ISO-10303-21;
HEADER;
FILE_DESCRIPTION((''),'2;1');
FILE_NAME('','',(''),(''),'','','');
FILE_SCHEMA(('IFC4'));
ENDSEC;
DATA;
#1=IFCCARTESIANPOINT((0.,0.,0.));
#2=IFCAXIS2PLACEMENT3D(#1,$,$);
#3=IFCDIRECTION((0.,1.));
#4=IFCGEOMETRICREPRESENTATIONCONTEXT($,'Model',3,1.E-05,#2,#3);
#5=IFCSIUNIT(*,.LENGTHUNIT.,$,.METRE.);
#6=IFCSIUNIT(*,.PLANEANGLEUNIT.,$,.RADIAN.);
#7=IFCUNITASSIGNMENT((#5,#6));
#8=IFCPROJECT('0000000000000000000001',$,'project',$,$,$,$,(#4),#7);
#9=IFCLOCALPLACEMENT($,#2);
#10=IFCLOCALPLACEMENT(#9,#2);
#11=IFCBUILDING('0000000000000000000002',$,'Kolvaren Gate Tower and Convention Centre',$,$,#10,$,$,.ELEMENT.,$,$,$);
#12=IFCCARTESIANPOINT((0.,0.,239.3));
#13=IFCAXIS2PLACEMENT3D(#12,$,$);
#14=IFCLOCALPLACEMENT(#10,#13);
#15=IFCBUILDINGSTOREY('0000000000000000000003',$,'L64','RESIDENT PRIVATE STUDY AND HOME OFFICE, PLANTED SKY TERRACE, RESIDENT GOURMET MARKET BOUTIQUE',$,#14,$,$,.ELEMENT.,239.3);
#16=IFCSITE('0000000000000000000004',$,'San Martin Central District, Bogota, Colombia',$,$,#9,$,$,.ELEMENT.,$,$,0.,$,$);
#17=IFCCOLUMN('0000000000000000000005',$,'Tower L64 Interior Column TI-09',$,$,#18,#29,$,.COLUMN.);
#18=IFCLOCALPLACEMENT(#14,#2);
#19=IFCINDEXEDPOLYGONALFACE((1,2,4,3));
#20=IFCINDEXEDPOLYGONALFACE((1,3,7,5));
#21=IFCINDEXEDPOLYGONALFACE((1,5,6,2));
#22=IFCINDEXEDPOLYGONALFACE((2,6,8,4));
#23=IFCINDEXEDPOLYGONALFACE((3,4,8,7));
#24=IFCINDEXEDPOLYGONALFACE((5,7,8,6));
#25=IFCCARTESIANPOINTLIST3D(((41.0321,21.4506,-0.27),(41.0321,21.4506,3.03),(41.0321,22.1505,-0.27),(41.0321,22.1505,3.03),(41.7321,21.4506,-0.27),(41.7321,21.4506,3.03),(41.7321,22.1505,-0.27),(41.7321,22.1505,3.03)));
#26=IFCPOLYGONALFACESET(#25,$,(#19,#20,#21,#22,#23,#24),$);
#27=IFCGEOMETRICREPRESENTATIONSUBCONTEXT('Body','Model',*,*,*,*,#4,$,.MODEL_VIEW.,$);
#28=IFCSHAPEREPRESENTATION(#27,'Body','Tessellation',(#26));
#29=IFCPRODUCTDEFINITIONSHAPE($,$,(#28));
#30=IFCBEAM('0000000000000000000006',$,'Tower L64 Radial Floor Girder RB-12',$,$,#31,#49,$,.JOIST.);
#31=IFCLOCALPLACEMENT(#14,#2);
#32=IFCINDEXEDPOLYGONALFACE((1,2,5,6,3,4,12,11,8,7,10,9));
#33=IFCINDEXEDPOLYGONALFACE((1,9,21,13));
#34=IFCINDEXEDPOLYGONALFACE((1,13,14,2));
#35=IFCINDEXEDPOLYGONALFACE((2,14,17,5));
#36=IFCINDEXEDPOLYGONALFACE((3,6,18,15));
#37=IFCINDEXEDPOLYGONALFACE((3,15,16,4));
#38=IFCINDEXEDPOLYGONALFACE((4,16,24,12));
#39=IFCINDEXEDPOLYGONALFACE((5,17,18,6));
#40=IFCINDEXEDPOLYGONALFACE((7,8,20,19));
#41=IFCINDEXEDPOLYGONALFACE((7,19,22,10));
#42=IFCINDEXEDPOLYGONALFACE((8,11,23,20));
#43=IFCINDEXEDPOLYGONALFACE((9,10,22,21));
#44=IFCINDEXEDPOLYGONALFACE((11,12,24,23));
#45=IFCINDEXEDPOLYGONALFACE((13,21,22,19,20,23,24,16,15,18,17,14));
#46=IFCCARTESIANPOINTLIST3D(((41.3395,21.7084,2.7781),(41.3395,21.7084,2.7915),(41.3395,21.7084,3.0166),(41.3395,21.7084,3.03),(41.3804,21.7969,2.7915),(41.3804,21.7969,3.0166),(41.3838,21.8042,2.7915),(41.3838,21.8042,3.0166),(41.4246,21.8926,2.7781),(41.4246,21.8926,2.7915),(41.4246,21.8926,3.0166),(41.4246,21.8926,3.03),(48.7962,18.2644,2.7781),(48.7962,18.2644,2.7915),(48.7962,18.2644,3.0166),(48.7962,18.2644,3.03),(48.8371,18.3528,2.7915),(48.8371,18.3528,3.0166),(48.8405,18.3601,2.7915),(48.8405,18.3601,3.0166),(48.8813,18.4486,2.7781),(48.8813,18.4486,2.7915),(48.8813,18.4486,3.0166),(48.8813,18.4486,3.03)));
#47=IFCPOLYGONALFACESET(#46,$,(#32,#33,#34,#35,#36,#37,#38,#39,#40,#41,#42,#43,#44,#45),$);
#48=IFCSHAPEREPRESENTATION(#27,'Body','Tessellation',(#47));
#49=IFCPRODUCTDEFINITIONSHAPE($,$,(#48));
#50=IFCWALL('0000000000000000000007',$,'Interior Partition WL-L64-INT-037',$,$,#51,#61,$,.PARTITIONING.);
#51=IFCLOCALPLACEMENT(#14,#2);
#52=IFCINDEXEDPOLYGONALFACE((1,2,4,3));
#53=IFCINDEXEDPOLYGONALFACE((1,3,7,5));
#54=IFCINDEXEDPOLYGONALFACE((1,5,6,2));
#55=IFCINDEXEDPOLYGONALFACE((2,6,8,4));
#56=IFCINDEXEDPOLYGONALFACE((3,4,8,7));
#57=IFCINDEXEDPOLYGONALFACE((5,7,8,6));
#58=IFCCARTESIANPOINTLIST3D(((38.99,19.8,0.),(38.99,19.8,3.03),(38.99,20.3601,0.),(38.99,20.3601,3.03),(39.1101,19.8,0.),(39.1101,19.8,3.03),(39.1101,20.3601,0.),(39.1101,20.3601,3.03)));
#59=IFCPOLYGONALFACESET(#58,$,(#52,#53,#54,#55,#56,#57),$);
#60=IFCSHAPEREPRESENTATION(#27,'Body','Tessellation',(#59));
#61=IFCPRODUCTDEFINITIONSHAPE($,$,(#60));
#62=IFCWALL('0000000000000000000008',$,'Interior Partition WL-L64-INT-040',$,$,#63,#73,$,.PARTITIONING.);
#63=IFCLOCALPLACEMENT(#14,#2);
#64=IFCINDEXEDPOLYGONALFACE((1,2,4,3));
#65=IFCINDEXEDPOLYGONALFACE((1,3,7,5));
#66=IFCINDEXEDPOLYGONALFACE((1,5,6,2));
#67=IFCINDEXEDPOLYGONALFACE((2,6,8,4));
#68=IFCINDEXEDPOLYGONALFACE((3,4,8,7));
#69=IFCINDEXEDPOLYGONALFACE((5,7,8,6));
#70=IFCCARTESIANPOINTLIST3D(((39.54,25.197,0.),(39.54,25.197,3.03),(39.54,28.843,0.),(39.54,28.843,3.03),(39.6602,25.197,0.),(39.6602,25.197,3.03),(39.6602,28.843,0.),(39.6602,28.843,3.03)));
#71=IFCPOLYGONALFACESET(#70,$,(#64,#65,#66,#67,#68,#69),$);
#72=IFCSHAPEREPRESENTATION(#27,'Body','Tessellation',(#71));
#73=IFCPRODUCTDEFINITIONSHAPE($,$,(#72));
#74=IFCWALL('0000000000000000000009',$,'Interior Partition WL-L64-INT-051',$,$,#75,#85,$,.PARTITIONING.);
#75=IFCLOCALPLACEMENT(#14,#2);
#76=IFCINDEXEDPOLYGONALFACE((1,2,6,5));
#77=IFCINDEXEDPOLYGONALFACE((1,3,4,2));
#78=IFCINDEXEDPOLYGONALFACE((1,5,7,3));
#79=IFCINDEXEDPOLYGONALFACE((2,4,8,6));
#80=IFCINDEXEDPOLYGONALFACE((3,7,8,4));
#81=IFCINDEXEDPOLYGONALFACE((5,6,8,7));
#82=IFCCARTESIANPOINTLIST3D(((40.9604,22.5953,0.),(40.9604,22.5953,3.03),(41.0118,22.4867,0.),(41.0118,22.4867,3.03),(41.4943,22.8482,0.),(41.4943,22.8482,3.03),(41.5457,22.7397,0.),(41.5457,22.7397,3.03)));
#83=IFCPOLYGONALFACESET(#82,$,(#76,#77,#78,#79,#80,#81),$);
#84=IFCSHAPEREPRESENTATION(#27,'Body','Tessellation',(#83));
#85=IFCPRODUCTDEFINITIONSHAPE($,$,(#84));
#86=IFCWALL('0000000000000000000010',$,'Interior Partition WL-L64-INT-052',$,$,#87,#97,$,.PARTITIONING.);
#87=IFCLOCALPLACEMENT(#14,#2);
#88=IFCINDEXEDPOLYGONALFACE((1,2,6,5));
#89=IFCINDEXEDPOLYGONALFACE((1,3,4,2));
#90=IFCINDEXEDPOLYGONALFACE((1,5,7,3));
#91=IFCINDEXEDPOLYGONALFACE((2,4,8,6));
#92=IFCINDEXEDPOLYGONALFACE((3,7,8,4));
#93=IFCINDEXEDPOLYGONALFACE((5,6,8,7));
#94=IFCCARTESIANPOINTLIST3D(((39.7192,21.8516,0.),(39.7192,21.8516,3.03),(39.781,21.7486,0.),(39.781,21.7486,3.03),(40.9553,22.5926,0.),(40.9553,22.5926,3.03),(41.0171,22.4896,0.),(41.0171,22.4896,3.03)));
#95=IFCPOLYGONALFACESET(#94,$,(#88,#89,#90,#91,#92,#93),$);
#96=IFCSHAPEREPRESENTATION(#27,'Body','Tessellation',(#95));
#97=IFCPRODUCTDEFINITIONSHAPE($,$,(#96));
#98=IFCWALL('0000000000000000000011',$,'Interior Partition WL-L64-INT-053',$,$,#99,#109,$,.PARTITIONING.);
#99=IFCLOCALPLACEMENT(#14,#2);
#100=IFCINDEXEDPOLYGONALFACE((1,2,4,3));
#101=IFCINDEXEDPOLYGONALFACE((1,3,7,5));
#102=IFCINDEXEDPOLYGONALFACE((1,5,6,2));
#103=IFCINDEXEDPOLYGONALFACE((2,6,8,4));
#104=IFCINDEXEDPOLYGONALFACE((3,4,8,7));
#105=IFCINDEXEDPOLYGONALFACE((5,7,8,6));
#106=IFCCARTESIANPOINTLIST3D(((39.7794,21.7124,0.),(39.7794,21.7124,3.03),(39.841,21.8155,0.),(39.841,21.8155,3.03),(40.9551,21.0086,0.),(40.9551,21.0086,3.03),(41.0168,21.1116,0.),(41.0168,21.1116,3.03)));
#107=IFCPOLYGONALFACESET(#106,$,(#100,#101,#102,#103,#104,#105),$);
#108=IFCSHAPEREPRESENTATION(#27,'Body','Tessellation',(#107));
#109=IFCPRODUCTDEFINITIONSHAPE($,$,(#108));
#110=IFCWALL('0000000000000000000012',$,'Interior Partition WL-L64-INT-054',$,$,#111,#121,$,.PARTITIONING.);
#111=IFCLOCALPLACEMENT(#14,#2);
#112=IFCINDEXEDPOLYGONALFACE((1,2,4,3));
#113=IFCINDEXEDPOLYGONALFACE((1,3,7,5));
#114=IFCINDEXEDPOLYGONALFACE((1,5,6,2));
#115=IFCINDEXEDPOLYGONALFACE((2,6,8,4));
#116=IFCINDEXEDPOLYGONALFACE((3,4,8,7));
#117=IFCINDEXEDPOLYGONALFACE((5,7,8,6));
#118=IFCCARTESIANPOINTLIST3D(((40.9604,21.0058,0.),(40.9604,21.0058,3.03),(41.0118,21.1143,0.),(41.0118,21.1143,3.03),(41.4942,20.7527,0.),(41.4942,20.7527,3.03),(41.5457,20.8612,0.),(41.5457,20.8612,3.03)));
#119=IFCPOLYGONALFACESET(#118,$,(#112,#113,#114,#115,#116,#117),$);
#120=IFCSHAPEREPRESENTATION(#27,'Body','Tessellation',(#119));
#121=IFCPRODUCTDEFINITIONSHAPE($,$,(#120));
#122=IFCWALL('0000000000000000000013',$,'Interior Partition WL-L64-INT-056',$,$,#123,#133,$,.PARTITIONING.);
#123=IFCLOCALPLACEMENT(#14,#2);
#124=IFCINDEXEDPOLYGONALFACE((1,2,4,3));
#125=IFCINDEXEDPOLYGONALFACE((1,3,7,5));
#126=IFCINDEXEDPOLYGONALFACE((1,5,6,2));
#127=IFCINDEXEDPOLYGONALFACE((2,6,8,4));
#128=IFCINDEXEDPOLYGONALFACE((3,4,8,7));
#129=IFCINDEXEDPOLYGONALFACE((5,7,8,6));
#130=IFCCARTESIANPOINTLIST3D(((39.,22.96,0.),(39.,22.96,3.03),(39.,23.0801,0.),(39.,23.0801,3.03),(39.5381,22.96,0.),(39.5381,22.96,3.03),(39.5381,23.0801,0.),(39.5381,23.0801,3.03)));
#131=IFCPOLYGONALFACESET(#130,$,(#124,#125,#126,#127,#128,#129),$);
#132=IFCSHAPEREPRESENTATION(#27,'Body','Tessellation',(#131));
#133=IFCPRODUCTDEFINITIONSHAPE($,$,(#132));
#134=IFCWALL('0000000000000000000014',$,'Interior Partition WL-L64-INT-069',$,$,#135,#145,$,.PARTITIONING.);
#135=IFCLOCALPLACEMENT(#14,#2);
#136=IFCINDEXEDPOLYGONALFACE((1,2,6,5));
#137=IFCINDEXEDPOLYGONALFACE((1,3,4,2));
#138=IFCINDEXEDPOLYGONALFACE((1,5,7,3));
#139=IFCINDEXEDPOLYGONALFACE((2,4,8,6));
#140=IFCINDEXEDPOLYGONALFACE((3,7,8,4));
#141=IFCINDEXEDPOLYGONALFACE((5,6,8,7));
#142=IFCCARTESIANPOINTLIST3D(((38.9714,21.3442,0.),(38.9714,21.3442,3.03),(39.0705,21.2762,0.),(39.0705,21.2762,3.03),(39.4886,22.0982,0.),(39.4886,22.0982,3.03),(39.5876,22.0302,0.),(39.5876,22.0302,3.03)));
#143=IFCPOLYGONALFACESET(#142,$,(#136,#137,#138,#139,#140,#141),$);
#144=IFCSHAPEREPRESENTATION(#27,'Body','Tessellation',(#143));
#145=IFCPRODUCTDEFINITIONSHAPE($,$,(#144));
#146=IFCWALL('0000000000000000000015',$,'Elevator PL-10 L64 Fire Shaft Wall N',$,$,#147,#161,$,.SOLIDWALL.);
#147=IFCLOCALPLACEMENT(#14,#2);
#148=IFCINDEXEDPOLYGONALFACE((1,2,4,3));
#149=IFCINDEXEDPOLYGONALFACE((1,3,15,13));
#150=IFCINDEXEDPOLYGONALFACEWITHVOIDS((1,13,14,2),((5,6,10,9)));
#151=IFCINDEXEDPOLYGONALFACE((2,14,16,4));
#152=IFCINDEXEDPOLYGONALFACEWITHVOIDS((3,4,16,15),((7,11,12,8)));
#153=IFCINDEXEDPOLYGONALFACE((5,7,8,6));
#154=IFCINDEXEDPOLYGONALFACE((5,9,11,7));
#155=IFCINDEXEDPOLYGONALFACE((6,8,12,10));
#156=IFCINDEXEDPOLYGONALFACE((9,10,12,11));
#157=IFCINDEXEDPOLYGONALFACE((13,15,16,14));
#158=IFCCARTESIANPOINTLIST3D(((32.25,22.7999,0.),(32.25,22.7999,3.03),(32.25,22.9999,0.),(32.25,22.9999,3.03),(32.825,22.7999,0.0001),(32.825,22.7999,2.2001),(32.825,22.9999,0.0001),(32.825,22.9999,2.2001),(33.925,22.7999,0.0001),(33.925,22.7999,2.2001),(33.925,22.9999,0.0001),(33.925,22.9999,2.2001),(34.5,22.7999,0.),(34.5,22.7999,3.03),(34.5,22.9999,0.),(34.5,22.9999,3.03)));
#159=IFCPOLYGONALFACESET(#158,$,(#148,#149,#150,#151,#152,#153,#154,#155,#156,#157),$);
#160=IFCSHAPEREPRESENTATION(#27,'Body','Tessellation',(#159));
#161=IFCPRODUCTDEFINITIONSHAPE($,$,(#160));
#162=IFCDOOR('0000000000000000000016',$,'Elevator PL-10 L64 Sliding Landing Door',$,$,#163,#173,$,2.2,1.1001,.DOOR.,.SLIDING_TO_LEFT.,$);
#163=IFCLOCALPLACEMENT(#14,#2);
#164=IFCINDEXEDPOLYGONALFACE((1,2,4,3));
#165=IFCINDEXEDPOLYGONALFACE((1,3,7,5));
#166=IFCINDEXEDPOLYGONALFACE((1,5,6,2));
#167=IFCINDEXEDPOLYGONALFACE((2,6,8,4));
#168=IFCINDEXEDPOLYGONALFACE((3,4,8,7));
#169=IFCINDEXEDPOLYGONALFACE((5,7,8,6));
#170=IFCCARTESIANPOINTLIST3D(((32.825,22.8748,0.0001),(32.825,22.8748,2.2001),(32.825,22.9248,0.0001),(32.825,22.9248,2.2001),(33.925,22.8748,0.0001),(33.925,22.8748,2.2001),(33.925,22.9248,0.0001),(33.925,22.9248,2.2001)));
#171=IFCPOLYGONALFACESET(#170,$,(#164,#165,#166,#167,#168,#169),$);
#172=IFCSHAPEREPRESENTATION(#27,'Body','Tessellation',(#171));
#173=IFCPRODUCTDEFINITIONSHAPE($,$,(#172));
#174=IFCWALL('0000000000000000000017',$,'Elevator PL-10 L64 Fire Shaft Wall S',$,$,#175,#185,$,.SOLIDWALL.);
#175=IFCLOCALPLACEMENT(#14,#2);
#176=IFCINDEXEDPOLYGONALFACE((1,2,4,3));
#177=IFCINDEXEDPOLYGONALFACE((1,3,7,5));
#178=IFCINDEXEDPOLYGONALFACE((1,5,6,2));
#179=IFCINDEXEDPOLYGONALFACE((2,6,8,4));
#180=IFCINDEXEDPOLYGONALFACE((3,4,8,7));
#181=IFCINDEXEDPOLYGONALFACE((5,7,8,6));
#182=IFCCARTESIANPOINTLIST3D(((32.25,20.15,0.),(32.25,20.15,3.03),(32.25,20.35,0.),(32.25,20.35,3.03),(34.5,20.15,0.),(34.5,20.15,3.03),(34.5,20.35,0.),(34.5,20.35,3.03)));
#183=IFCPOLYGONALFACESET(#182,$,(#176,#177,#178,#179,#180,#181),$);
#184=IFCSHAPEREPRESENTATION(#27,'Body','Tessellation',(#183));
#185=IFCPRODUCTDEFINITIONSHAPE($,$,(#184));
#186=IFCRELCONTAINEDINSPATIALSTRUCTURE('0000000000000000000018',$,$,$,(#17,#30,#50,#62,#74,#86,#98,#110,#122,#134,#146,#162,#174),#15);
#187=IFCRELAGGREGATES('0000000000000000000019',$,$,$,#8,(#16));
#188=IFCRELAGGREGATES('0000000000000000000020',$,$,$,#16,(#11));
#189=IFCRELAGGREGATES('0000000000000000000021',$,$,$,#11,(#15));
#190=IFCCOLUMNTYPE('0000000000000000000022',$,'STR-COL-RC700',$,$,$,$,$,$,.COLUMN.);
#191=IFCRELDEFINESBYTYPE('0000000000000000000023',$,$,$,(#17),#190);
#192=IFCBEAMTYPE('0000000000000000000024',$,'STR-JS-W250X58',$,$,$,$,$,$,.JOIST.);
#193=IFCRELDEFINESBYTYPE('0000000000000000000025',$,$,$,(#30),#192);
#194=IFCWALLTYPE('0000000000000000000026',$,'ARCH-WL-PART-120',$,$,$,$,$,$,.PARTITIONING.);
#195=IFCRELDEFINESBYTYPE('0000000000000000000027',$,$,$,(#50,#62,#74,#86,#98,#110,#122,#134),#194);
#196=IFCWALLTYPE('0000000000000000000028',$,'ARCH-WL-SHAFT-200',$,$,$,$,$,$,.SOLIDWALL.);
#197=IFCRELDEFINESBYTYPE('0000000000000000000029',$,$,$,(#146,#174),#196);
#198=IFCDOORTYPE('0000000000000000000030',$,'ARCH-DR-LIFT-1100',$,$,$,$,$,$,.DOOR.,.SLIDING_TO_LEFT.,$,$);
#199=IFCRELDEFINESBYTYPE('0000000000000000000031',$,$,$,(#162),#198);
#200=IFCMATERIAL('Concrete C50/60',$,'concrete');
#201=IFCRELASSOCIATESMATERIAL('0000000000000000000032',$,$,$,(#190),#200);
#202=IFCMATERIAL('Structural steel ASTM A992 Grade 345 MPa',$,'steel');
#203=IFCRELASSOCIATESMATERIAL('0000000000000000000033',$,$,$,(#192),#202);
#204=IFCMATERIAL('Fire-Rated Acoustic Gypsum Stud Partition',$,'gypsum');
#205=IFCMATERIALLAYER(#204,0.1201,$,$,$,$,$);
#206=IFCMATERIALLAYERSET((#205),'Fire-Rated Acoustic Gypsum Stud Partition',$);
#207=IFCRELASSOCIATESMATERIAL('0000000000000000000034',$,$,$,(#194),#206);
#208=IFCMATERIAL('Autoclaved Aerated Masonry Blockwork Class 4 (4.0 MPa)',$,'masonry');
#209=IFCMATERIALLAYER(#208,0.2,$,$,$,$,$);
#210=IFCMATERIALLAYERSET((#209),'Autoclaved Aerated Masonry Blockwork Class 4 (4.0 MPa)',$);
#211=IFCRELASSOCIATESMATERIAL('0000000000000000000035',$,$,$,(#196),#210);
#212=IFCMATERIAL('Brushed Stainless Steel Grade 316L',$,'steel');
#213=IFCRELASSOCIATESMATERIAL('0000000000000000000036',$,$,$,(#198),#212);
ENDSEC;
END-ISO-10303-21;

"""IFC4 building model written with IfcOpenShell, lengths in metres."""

from ifc_helpers import new_model, si_unit, direction, frame, frame_2d, origin, origin_2d, place, context, subcontext, project, spatial, rectangle, i_section, extrude, material, layer, layer_set, material_profile, profile_set, type_object, element, fill, save


model = new_model("IFC4")

# Units and contexts
model_context = context("Model", 3, precision=1e-05, world=origin(), true_north=direction((0.0, 1.0)))
body_context = subcontext(model_context, "Body", "Model", "MODEL_VIEW")
ifc_project = project(units=[si_unit("LENGTHUNIT", "METRE"), si_unit("PLANEANGLEUNIT", "RADIAN")], contexts=[model_context])

# Site, building, storey
site_placement = place(None, origin())
site = spatial("IfcSite", under=ifc_project, at=site_placement, Name="San Martin Central District, Bogota, Colombia", CompositionType="ELEMENT", RefElevation=0.0)
building_placement = place(site_placement, origin())
building = spatial("IfcBuilding", under=site, at=building_placement, Name="Kolvaren Gate Tower and Convention Centre", CompositionType="ELEMENT")
storey_placement = place(building_placement, frame((0.0, 0.0, 239.3)))
storey = spatial("IfcBuildingStorey", under=building, at=storey_placement, Name="L64", Description="RESIDENT PRIVATE STUDY AND HOME OFFICE, PLANTED SKY TERRACE, RESIDENT GOURMET MARKET BOUTIQUE", CompositionType="ELEMENT", Elevation=239.3)

# Column
ifc_material_1 = material(Name="Concrete C50/60", Category="concrete")
ifc_material_profile_1 = material_profile(ifc_material_1, rectangle(XDim=0.7, YDim=0.7, at=origin_2d()), Name="RC-COL-700X700")
ifc_profile_set_1 = profile_set([ifc_material_profile_1], Name="Concrete C50/60")
column_type = type_object("IfcColumnType", Name="STR-COL-RC700", PredefinedType="COLUMN", material=ifc_profile_set_1)
column_placement = place(storey_placement, frame((41.3821, 21.8005, -0.27), z_axis=(0.0, 0.0, 1.0), x_axis=(1.0, 0.0, 0.0)))
element("IfcColumn", 1, at=column_placement, inside=storey, type_object=column_type, Name="Tower L64 Interior Column TI-09", PredefinedType="COLUMN", context=body_context, shape_type="SweptSolid", body=[
    extrude(rectangle(XDim=0.7, YDim=0.7, at=origin_2d()), origin(), (0.0, 0.0, 1.0), 3.3),
])

# Beam
ifc_material_2 = material(Name="Structural steel ASTM A992 Grade 345 MPa", Category="steel")
ifc_material_profile_2 = material_profile(ifc_material_2, i_section(OverallWidth=0.2029, OverallDepth=0.252, WebThickness=0.0081, FlangeThickness=0.0134, at=origin_2d()), Name="W250X58")
ifc_profile_set_2 = profile_set([ifc_material_profile_2], Name="Structural steel ASTM A992 Grade 345 MPa")
beam_type = type_object("IfcBeamType", Name="STR-JS-W250X58", PredefinedType="JOIST", material=ifc_profile_set_2)
beam_placement = place(storey_placement, frame((41.3821, 21.8005, 2.9041), z_axis=(0.907844, -0.419309, 0.0), x_axis=(0.419309, 0.907844, 0.0)))
element("IfcBeam", 2, at=beam_placement, inside=storey, type_object=beam_type, Name="Tower L64 Radial Floor Girder RB-12", PredefinedType="JOIST", context=body_context, shape_type="SweptSolid", body=[
    extrude(i_section(OverallWidth=0.2029, OverallDepth=0.252, WebThickness=0.0081, FlangeThickness=0.0134, at=origin_2d()), origin(), (0.0, 0.0, 1.0), 8.2136),
])

# Walls
ifc_material_3 = material(Name="Fire-Rated Acoustic Gypsum Stud Partition", Category="gypsum")
ifc_layer_1 = layer(ifc_material_3, 0.1201)
ifc_layer_set_1 = layer_set([ifc_layer_1], Name="Fire-Rated Acoustic Gypsum Stud Partition")
wall_type_1 = type_object("IfcWallType", Name="ARCH-WL-PART-120", PredefinedType="PARTITIONING", material=ifc_layer_set_1)
wall_1_placement = place(storey_placement, frame((39.05, 19.8, 0.0), z_axis=(0.0, 0.0, 1.0), x_axis=(0.0, 1.0, 0.0)))
element("IfcWall", 3, at=wall_1_placement, inside=storey, type_object=wall_type_1, Name="Interior Partition WL-L64-INT-037", PredefinedType="PARTITIONING", context=body_context, shape_type="SweptSolid", body=[
    extrude(rectangle(XDim=0.5601, YDim=0.1201, at=frame_2d((0.28, 0.0))), origin(), (0.0, 0.0, 1.0), 3.03),
])
wall_2_placement = place(storey_placement, frame((39.6001, 25.197, 0.0), z_axis=(0.0, 0.0, 1.0), x_axis=(0.0, 1.0, 0.0)))
element("IfcWall", 4, at=wall_2_placement, inside=storey, type_object=wall_type_1, Name="Interior Partition WL-L64-INT-040", PredefinedType="PARTITIONING", context=body_context, shape_type="SweptSolid", body=[
    extrude(rectangle(XDim=3.646, YDim=0.1201, at=frame_2d((1.823, 0.0))), origin(), (0.0, 0.0, 1.0), 3.03),
])
wall_3_placement = place(storey_placement, frame((40.9861, 22.541, 0.0), z_axis=(0.0, 0.0, 1.0), x_axis=(0.903729, 0.428104, 0.0)))
element("IfcWall", 5, at=wall_3_placement, inside=storey, type_object=wall_type_1, Name="Interior Partition WL-L64-INT-051", PredefinedType="PARTITIONING", context=body_context, shape_type="SweptSolid", body=[
    extrude(rectangle(XDim=0.5908, YDim=0.1201, at=frame_2d((0.2954, 0.0))), origin(), (0.0, 0.0, 1.0), 3.03),
])
wall_4_placement = place(storey_placement, frame((39.75, 21.8, 0.0), z_axis=(0.0, 0.0, 1.0), x_axis=(0.857702, 0.514147, 0.0)))
element("IfcWall", 6, at=wall_4_placement, inside=storey, type_object=wall_type_1, Name="Interior Partition WL-L64-INT-052", PredefinedType="PARTITIONING", context=body_context, shape_type="SweptSolid", body=[
    extrude(rectangle(XDim=1.4412, YDim=0.1201, at=frame_2d((0.7207, 0.0))), origin(), (0.0, 0.0, 1.0), 3.03),
])
wall_5_placement = place(storey_placement, frame((39.8103, 21.7639, 0.0), z_axis=(0.0, 0.0, 1.0), x_axis=(0.858011, -0.513631, 0.0)))
element("IfcWall", 7, at=wall_5_placement, inside=storey, type_object=wall_type_1, Name="Interior Partition WL-L64-INT-053", PredefinedType="PARTITIONING", context=body_context, shape_type="SweptSolid", body=[
    extrude(rectangle(XDim=1.3704, YDim=0.1201, at=frame_2d((0.6851, 0.0))), origin(), (0.0, 0.0, 1.0), 3.03),
])
wall_6_placement = place(storey_placement, frame((40.9861, 21.0601, 0.0), z_axis=(0.0, 0.0, 1.0), x_axis=(0.90357, -0.428442, 0.0)))
element("IfcWall", 8, at=wall_6_placement, inside=storey, type_object=wall_type_1, Name="Interior Partition WL-L64-INT-054", PredefinedType="PARTITIONING", context=body_context, shape_type="SweptSolid", body=[
    extrude(rectangle(XDim=0.5908, YDim=0.1201, at=frame_2d((0.2954, 0.0))), origin(), (0.0, 0.0, 1.0), 3.03),
])
wall_7_placement = place(storey_placement, frame((39.0, 23.02, 0.0), z_axis=(0.0, 0.0, 1.0), x_axis=(1.0, 0.0, 0.0)))
element("IfcWall", 9, at=wall_7_placement, inside=storey, type_object=wall_type_1, Name="Interior Partition WL-L64-INT-056", PredefinedType="PARTITIONING", context=body_context, shape_type="SweptSolid", body=[
    extrude(rectangle(XDim=0.5381, YDim=0.1201, at=frame_2d((0.269, 0.0))), origin(), (0.0, 0.0, 1.0), 3.03),
])
wall_8_placement = place(storey_placement, frame((39.021, 21.3103, 0.0), z_axis=(0.0, 0.0, 1.0), x_axis=(0.565622, 0.824665, 0.0)))
element("IfcWall", 10, at=wall_8_placement, inside=storey, type_object=wall_type_1, Name="Interior Partition WL-L64-INT-069", PredefinedType="PARTITIONING", context=body_context, shape_type="SweptSolid", body=[
    extrude(rectangle(XDim=0.9143, YDim=0.1201, at=frame_2d((0.457, 0.0))), origin(), (0.0, 0.0, 1.0), 3.03),
])

# Wall, opening, door
ifc_material_4 = material(Name="Autoclaved Aerated Masonry Blockwork Class 4 (4.0 MPa)", Category="masonry")
ifc_layer_2 = layer(ifc_material_4, 0.2)
ifc_layer_set_2 = layer_set([ifc_layer_2], Name="Autoclaved Aerated Masonry Blockwork Class 4 (4.0 MPa)")
wall_type_2 = type_object("IfcWallType", Name="ARCH-WL-SHAFT-200", PredefinedType="SOLIDWALL", material=ifc_layer_set_2)
wall_9_placement = place(storey_placement, frame((32.25, 22.8999, 0.0), z_axis=(0.0, 0.0, 1.0), x_axis=(1.0, 0.0, 0.0)))
wall_9 = element("IfcWall", 11, at=wall_9_placement, inside=storey, type_object=wall_type_2, Name="Elevator PL-10 L64 Fire Shaft Wall N", PredefinedType="SOLIDWALL", context=body_context, shape_type="SweptSolid", body=[
    extrude(rectangle(XDim=2.25, YDim=0.2, at=frame_2d((1.125, 0.0))), origin(), (0.0, 0.0, 1.0), 3.03),
])
opening_1_placement = place(wall_9_placement, frame((0.575, 0.0, 0.0)))
opening_1 = element("IfcOpeningElement", 12, at=opening_1_placement, cuts=wall_9, PredefinedType="OPENING", context=body_context, shape_type="SweptSolid", body=[
    extrude(rectangle(XDim=1.1001, YDim=2.2, at=frame_2d((0.55, 1.1001))), frame((0.0, 0.1099, 0.0), z_axis=(0.0, -1.0, 0.0), x_axis=(1.0, 0.0, 0.0)), (0.0, 0.0, 1.0), 0.22),
])
ifc_material_5 = material(Name="Brushed Stainless Steel Grade 316L", Category="steel")
door_type = type_object("IfcDoorType", Name="ARCH-DR-LIFT-1100", OperationType="SLIDING_TO_LEFT", PredefinedType="DOOR", material=ifc_material_5)
door_1_placement = place(opening_1_placement, origin())
door_1 = element("IfcDoor", 13, at=door_1_placement, inside=storey, type_object=door_type, Name="Elevator PL-10 L64 Sliding Landing Door", OperationType="SLIDING_TO_LEFT", OverallHeight=2.2, OverallWidth=1.1001, PredefinedType="DOOR", context=body_context, shape_type="SweptSolid", body=[
    extrude(rectangle(XDim=1.1001, YDim=2.2, at=frame_2d((0.55, 1.1001))), frame((0.0, 0.0249, 0.0), z_axis=(0.0, -1.0, 0.0), x_axis=(1.0, 0.0, 0.0)), (0.0, 0.0, 1.0), 0.05),
])
fill(opening_1, door_1)

# Wall
wall_10_placement = place(storey_placement, frame((32.25, 20.25, 0.0), z_axis=(0.0, 0.0, 1.0), x_axis=(1.0, 0.0, 0.0)))
element("IfcWall", 14, at=wall_10_placement, inside=storey, type_object=wall_type_2, Name="Elevator PL-10 L64 Fire Shaft Wall S", PredefinedType="SOLIDWALL", context=body_context, shape_type="SweptSolid", body=[
    extrude(rectangle(XDim=2.25, YDim=0.2, at=frame_2d((1.125, 0.0))), origin(), (0.0, 0.0, 1.0), 3.03),
])

save(model, "model.ifc")
